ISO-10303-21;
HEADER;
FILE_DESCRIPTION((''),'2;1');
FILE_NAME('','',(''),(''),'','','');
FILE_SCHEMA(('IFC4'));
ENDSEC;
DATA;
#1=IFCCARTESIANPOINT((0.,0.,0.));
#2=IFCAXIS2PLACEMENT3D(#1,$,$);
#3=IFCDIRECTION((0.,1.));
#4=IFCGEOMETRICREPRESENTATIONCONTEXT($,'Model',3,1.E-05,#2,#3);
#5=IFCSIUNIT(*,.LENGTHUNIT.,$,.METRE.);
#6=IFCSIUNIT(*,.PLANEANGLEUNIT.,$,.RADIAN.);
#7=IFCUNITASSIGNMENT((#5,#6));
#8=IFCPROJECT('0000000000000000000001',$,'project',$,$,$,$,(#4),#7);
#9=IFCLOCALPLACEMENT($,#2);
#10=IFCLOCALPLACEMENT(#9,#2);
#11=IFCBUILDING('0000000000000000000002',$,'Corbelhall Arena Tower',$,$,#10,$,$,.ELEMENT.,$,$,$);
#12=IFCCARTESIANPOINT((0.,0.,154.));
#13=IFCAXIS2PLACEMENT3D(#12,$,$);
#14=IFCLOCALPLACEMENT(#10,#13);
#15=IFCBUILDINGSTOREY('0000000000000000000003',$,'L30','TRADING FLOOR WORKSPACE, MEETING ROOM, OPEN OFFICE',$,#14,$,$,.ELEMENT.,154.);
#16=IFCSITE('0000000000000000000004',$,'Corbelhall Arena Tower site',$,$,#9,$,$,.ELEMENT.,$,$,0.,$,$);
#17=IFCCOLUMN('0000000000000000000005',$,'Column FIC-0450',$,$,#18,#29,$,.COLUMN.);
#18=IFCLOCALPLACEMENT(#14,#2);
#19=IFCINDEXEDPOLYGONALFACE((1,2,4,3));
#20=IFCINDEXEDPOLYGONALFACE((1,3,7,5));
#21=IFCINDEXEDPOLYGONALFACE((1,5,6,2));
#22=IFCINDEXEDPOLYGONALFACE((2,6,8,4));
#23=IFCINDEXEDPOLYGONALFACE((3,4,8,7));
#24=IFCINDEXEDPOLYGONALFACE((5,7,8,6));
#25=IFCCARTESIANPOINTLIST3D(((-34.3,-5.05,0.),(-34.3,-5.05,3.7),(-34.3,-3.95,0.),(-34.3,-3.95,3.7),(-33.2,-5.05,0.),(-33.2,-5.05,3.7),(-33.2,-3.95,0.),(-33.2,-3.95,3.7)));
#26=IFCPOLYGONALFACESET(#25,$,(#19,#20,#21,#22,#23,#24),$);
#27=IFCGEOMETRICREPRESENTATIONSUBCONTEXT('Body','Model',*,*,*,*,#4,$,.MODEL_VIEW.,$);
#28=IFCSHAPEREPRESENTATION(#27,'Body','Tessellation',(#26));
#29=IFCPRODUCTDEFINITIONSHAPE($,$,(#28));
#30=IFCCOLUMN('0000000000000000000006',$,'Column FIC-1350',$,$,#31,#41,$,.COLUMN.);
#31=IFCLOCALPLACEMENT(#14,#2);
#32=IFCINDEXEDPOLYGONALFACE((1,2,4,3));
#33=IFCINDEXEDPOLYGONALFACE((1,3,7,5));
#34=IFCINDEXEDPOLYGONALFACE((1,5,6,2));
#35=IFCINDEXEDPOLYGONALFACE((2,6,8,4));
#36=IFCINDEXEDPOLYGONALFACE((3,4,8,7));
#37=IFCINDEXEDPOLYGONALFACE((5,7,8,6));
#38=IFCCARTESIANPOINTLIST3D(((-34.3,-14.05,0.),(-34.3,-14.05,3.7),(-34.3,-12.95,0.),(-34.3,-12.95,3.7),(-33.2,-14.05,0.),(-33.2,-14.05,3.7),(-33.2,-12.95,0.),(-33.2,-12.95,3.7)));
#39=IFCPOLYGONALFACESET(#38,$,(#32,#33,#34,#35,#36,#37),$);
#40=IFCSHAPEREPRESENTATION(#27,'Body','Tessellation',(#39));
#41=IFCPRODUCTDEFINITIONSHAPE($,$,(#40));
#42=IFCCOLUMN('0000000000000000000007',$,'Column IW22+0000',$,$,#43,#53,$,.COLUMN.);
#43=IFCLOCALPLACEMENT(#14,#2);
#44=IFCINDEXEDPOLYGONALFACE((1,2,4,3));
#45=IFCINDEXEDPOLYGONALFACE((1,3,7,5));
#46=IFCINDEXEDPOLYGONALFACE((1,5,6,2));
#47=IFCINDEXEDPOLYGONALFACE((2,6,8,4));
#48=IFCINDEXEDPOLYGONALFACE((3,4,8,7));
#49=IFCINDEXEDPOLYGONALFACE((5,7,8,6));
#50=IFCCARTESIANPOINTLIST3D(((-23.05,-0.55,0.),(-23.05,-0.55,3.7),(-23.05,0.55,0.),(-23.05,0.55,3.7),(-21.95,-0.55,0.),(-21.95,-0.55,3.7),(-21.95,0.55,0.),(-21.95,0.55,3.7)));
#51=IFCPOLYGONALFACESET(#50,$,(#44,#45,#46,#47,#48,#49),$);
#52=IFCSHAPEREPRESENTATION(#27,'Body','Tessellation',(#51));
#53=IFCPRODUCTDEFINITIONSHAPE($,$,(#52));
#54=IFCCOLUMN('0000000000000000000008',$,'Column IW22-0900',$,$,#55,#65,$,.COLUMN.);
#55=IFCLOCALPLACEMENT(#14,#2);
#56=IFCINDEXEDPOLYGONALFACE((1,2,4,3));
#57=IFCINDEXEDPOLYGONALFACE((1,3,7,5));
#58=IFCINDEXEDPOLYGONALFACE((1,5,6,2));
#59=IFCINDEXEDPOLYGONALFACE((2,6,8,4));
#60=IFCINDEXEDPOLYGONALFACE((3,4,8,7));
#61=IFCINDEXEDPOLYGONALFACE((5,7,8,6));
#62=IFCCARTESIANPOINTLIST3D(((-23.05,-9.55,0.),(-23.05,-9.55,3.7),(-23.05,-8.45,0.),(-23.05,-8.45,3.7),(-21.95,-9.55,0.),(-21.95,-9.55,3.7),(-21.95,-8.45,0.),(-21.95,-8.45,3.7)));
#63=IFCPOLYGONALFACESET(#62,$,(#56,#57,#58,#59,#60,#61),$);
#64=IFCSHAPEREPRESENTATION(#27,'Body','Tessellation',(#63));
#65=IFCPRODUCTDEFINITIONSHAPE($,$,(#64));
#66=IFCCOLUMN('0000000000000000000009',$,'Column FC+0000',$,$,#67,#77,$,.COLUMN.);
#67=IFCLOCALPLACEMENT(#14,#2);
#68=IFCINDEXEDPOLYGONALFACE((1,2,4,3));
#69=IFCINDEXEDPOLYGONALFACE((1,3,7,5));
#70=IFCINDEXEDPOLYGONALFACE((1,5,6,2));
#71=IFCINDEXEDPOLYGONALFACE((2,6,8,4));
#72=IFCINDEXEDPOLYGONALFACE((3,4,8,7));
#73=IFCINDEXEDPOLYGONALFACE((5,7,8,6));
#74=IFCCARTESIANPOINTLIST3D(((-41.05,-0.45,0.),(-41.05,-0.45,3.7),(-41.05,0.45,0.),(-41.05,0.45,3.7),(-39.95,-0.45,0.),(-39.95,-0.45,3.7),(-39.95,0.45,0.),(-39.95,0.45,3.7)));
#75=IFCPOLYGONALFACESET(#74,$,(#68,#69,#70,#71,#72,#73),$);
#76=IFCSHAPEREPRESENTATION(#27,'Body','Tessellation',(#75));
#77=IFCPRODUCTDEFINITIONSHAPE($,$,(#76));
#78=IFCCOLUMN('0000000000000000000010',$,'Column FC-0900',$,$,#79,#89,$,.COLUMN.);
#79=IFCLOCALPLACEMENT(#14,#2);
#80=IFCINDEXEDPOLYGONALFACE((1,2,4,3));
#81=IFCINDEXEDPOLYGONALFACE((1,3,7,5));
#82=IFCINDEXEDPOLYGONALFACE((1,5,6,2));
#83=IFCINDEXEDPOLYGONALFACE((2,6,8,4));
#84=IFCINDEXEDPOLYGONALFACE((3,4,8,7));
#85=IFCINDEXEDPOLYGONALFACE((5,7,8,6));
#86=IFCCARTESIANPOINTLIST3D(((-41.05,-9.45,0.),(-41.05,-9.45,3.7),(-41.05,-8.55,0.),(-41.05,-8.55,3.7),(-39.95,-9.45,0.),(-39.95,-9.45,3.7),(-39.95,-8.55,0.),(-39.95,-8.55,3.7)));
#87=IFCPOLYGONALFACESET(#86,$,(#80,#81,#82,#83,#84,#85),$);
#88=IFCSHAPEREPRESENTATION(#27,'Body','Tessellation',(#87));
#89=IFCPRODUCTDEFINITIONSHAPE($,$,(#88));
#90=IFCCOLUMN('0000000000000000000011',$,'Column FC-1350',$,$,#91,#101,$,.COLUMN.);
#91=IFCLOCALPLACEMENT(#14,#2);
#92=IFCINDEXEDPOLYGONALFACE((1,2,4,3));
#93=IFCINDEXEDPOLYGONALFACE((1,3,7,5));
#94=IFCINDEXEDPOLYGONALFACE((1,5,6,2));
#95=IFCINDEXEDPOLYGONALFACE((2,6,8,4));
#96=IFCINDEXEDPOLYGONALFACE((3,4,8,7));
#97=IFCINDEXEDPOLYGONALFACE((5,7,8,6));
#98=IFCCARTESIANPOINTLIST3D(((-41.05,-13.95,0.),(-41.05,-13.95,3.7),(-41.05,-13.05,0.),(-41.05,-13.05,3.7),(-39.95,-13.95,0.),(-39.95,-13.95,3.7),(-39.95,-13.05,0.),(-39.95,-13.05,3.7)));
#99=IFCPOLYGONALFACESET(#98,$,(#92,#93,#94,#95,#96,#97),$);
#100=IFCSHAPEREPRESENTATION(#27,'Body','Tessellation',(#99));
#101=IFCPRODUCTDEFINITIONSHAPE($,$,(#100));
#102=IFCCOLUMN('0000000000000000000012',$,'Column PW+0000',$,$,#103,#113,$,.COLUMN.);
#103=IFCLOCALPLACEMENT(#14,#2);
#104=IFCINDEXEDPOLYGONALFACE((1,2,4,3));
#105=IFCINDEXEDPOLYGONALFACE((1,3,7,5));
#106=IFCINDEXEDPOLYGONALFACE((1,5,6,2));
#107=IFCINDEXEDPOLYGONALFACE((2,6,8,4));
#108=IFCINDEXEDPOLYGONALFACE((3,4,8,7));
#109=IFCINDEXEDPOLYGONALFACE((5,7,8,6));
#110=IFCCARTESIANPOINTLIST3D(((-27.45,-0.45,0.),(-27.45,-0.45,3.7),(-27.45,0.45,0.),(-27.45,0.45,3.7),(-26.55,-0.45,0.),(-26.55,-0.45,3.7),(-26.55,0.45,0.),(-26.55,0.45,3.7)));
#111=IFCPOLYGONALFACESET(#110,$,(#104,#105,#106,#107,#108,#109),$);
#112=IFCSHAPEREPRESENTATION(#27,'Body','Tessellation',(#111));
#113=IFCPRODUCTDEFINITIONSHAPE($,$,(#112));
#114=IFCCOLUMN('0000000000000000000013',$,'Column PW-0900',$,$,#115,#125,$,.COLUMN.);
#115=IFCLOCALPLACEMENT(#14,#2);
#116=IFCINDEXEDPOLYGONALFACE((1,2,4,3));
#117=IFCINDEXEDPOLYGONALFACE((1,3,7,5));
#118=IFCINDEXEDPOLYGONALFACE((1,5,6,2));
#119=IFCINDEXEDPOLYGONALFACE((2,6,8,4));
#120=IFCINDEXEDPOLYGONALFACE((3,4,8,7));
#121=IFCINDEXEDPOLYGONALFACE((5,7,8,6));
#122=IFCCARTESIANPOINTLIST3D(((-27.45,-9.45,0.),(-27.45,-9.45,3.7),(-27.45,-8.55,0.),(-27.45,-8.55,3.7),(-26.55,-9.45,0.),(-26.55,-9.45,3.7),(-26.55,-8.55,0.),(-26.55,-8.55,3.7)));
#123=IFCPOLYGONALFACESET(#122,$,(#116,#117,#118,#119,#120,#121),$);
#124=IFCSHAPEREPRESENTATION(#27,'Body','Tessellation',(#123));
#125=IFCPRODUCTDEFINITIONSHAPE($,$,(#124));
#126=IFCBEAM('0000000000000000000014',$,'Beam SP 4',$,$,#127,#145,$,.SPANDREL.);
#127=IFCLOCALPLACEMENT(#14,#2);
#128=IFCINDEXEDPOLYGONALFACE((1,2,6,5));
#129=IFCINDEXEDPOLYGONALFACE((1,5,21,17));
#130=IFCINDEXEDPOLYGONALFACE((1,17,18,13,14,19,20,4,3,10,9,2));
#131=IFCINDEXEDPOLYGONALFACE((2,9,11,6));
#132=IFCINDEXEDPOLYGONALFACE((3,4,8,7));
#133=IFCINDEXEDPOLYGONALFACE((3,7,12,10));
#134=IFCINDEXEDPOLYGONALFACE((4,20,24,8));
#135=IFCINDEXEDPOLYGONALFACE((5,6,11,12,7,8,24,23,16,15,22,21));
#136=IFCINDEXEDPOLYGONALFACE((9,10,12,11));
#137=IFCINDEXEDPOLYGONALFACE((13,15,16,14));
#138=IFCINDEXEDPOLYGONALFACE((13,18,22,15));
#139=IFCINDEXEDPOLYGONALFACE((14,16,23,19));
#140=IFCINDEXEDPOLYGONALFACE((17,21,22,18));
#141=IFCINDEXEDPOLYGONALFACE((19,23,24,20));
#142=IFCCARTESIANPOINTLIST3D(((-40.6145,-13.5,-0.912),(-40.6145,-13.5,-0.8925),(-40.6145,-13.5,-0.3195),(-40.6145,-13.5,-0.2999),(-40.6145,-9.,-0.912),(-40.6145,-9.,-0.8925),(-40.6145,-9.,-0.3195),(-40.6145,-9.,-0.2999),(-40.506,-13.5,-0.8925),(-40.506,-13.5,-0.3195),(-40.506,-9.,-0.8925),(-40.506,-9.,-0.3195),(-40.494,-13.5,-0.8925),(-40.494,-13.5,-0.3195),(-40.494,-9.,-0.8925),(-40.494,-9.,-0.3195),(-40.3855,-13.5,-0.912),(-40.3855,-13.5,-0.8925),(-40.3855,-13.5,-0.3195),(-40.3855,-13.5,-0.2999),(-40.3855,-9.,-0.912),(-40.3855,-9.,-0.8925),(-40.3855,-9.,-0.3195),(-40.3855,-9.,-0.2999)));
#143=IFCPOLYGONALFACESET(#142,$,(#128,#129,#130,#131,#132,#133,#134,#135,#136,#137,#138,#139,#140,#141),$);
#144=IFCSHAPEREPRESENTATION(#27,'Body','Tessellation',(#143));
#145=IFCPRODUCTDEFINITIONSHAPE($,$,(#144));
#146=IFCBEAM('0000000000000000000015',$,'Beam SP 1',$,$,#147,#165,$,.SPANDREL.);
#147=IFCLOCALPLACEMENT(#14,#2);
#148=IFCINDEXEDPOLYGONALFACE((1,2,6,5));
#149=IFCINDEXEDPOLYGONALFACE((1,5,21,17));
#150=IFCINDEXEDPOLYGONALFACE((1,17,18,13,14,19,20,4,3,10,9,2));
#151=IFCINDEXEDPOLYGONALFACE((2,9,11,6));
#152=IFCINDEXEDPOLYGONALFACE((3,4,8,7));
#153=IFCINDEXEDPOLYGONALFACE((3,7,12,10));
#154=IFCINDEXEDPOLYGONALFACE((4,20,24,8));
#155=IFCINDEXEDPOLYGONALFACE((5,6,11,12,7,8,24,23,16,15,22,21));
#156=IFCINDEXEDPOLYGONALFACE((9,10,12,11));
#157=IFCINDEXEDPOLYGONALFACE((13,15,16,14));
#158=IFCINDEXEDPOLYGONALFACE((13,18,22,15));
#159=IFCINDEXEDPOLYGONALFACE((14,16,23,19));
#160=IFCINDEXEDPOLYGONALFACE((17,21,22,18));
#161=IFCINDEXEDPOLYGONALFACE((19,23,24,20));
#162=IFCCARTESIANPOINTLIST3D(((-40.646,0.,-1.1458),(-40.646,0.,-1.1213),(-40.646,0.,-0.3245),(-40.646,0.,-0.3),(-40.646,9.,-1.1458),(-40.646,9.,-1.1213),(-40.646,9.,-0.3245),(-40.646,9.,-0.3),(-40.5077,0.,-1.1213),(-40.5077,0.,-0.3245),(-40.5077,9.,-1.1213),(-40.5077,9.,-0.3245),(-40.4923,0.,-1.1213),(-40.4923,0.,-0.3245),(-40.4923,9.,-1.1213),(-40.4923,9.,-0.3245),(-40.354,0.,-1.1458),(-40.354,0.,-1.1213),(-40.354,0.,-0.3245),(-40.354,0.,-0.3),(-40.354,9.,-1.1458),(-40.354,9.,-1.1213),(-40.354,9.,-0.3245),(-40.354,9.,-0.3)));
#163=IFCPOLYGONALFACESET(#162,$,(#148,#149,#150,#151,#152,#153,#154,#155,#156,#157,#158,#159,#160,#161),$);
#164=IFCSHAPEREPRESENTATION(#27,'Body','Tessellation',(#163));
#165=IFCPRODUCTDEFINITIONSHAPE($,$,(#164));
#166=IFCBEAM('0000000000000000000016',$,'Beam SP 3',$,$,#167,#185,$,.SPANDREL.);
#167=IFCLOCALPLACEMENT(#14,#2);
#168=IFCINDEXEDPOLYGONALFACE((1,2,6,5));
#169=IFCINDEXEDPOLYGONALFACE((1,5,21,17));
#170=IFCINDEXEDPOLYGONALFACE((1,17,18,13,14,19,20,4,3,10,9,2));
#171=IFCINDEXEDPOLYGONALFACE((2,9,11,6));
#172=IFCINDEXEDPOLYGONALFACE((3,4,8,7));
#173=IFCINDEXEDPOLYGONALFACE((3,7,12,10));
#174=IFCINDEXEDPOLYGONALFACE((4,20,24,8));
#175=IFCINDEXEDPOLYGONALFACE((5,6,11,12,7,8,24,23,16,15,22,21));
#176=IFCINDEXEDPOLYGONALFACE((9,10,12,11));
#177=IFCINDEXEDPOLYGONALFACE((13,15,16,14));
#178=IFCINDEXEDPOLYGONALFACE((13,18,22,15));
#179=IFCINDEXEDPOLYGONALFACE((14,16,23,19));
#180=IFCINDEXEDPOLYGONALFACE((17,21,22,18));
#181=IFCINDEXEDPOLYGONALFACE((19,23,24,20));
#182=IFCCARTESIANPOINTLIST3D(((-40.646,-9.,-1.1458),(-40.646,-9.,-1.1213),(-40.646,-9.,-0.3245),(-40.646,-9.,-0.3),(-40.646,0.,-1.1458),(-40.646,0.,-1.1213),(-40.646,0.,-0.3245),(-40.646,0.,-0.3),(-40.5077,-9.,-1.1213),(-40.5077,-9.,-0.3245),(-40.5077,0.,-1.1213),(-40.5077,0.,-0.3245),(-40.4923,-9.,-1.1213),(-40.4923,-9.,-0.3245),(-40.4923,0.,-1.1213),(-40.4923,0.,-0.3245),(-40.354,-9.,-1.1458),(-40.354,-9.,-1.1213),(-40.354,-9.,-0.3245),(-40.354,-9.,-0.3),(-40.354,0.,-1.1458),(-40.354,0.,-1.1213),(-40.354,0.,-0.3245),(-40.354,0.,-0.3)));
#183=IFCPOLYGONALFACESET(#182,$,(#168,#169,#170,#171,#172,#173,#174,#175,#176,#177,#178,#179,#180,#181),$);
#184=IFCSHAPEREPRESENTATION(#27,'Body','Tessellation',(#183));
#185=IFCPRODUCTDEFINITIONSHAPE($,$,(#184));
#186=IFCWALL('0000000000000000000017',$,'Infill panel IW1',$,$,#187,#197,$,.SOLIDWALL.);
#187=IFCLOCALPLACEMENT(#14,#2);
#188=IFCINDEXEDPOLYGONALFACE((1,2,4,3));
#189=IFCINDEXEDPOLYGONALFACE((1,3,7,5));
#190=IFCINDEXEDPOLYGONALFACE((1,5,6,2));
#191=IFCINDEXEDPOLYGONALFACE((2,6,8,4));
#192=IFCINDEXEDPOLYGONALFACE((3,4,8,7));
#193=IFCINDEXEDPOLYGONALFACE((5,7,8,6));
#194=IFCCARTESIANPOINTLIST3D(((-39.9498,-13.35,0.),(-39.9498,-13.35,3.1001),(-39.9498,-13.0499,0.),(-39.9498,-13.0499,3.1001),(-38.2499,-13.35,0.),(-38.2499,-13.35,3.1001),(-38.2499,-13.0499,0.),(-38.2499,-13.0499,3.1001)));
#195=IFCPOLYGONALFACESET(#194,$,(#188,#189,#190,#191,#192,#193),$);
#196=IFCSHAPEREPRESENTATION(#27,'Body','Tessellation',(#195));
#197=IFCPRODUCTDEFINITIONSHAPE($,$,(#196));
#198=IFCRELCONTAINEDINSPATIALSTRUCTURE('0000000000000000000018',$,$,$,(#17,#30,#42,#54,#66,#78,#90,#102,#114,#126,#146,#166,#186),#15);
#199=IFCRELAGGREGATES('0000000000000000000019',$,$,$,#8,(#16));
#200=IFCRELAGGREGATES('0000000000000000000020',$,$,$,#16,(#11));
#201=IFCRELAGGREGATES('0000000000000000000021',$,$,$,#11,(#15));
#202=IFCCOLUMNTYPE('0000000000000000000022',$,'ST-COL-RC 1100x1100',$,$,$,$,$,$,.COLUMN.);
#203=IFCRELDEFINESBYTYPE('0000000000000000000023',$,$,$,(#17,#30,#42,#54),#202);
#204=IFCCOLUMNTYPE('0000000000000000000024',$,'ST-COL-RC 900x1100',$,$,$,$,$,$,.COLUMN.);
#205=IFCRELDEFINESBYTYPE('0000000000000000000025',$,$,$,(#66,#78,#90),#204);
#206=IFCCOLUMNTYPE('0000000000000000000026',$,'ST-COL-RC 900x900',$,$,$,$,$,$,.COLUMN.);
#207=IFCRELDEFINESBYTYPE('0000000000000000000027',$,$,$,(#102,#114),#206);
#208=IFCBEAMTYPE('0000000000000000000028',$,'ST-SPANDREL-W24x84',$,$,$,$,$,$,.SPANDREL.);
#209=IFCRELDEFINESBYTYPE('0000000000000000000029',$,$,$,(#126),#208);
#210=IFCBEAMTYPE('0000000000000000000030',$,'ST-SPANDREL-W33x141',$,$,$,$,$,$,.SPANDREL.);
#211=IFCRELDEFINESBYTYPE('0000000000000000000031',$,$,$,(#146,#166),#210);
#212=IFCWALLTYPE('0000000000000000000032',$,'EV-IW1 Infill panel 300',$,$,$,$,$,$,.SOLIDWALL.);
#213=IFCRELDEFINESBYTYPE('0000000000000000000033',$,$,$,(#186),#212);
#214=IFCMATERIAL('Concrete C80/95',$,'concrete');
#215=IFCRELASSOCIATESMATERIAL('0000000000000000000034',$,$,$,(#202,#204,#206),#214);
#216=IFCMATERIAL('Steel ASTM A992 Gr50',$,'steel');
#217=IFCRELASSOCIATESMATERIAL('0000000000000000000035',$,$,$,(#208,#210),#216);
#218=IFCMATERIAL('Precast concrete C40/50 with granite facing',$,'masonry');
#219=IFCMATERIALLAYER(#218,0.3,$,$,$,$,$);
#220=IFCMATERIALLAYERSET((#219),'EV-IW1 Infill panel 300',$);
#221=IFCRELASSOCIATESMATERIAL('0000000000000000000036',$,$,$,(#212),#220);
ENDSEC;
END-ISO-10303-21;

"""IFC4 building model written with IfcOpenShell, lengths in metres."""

from ifc_helpers import new_model, si_unit, direction, frame, frame_2d, origin, origin_2d, place, context, subcontext, project, spatial, rectangle, i_section, extrude, material, layer, layer_set, material_profile, profile_set, type_object, element, save


model = new_model("IFC4")

# Units and contexts
model_context = context("Model", 3, precision=1e-05, world=origin(), true_north=direction((0.0, 1.0)))
body_context = subcontext(model_context, "Body", "Model", "MODEL_VIEW")
ifc_project = project(units=[si_unit("LENGTHUNIT", "METRE"), si_unit("PLANEANGLEUNIT", "RADIAN")], contexts=[model_context])

# Site, building, storey
site_placement = place(None, origin())
site = spatial("IfcSite", under=ifc_project, at=site_placement, Name="Corbelhall Arena Tower site", CompositionType="ELEMENT", RefElevation=0.0)
building_placement = place(site_placement, origin())
building = spatial("IfcBuilding", under=site, at=building_placement, Name="Corbelhall Arena Tower", CompositionType="ELEMENT")
storey_placement = place(building_placement, frame((0.0, 0.0, 154.0)))
storey = spatial("IfcBuildingStorey", under=building, at=storey_placement, Name="L30", Description="TRADING FLOOR WORKSPACE, MEETING ROOM, OPEN OFFICE", CompositionType="ELEMENT", Elevation=154.0)

# Columns
ifc_material_1 = material(Name="Concrete C80/95", Category="concrete")
ifc_material_profile_1 = material_profile(ifc_material_1, rectangle(XDim=1.1001, YDim=1.1001, at=origin_2d()))
ifc_profile_set_1 = profile_set([ifc_material_profile_1], Name="Concrete C80/95")
column_type_1 = type_object("IfcColumnType", Name="ST-COL-RC 1100x1100", PredefinedType="COLUMN", material=ifc_profile_set_1)
for number, where, z_axis, x_axis, name in (
    (1, (-33.75, -4.5, 0.0), (0.0, 0.0, 1.0), (1.0, 0.0, 0.0), "Column FIC-0450"),
    (2, (-33.75, -13.5, 0.0), (0.0, 0.0, 1.0), (1.0, 0.0, 0.0), "Column FIC-1350"),
    (3, (-22.5, 0.0, 0.0), (0.0, 0.0, 1.0), (1.0, 0.0, 0.0), "Column IW22+0000"),
    (4, (-22.5, -9.0, 0.0), (0.0, 0.0, 1.0), (1.0, 0.0, 0.0), "Column IW22-0900"),
):
    element("IfcColumn", number, at=place(storey_placement, frame(where, z_axis=z_axis, x_axis=x_axis)), inside=storey, type_object=column_type_1, Name=name, PredefinedType="COLUMN", context=body_context, shape_type="SweptSolid", body=[
        extrude(rectangle(XDim=1.1001, YDim=1.1001, at=origin_2d()), origin(), (0.0, 0.0, 1.0), 3.7),
    ])
ifc_material_profile_2 = material_profile(ifc_material_1, rectangle(XDim=0.8999, YDim=1.1001, at=origin_2d()))
ifc_profile_set_2 = profile_set([ifc_material_profile_2], Name="Concrete C80/95")
column_type_2 = type_object("IfcColumnType", Name="ST-COL-RC 900x1100", PredefinedType="COLUMN", material=ifc_profile_set_2)
for number, where, z_axis, x_axis, name in (
    (5, (-40.5, 0.0, 0.0), (0.0, 0.0, 1.0), (0.0, 1.0, 0.0), "Column FC+0000"),
    (6, (-40.5, -9.0, 0.0), (0.0, 0.0, 1.0), (0.0, 1.0, 0.0), "Column FC-0900"),
    (7, (-40.5, -13.5, 0.0), (0.0, 0.0, 1.0), (0.0, 1.0, 0.0), "Column FC-1350"),
):
    element("IfcColumn", number, at=place(storey_placement, frame(where, z_axis=z_axis, x_axis=x_axis)), inside=storey, type_object=column_type_2, Name=name, PredefinedType="COLUMN", context=body_context, shape_type="SweptSolid", body=[
        extrude(rectangle(XDim=0.8999, YDim=1.1001, at=origin_2d()), origin(), (0.0, 0.0, 1.0), 3.7),
    ])
ifc_material_profile_3 = material_profile(ifc_material_1, rectangle(XDim=0.8999, YDim=0.8999, at=origin_2d()))
ifc_profile_set_3 = profile_set([ifc_material_profile_3], Name="Concrete C80/95")
column_type_3 = type_object("IfcColumnType", Name="ST-COL-RC 900x900", PredefinedType="COLUMN", material=ifc_profile_set_3)
for number, where, z_axis, x_axis, name in (
    (8, (-27.0, 0.0, 0.0), (0.0, 0.0, 1.0), (1.0, 0.0, 0.0), "Column PW+0000"),
    (9, (-27.0, -9.0, 0.0), (0.0, 0.0, 1.0), (1.0, 0.0, 0.0), "Column PW-0900"),
):
    element("IfcColumn", number, at=place(storey_placement, frame(where, z_axis=z_axis, x_axis=x_axis)), inside=storey, type_object=column_type_3, Name=name, PredefinedType="COLUMN", context=body_context, shape_type="SweptSolid", body=[
        extrude(rectangle(XDim=0.8999, YDim=0.8999, at=origin_2d()), origin(), (0.0, 0.0, 1.0), 3.7),
    ])

# Beams
ifc_material_2 = material(Name="Steel ASTM A992 Gr50", Category="steel")
ifc_material_profile_4 = material_profile(ifc_material_2, i_section(OverallWidth=0.229, OverallDepth=0.6121, WebThickness=0.012, FlangeThickness=0.0195, at=origin_2d()))
ifc_profile_set_4 = profile_set([ifc_material_profile_4], Name="Steel ASTM A992 Gr50")
beam_type_1 = type_object("IfcBeamType", Name="ST-SPANDREL-W24x84", PredefinedType="SPANDREL", material=ifc_profile_set_4)
beam_placement = place(storey_placement, frame((-40.5, -13.5, -0.606), z_axis=(0.0, 1.0, 0.0), x_axis=(-1.0, 0.0, 0.0)))
element("IfcBeam", 10, at=beam_placement, inside=storey, type_object=beam_type_1, Name="Beam SP 4", PredefinedType="SPANDREL", context=body_context, shape_type="SweptSolid", body=[
    extrude(i_section(OverallWidth=0.229, OverallDepth=0.6121, WebThickness=0.012, FlangeThickness=0.0195, at=origin_2d()), origin(), (0.0, 0.0, 1.0), 4.5),
])
ifc_material_profile_5 = material_profile(ifc_material_2, i_section(OverallWidth=0.292, OverallDepth=0.8457, WebThickness=0.0154, FlangeThickness=0.0244, at=origin_2d()))
ifc_profile_set_5 = profile_set([ifc_material_profile_5], Name="Steel ASTM A992 Gr50")
beam_type_2 = type_object("IfcBeamType", Name="ST-SPANDREL-W33x141", PredefinedType="SPANDREL", material=ifc_profile_set_5)
for number, where, z_axis, x_axis, name in (
    (11, (-40.5, 0.0, -0.7229), (0.0, 1.0, 0.0), (-1.0, 0.0, 0.0), "Beam SP 1"),
    (12, (-40.5, -9.0, -0.7229), (0.0, 1.0, 0.0), (-1.0, 0.0, 0.0), "Beam SP 3"),
):
    element("IfcBeam", number, at=place(storey_placement, frame(where, z_axis=z_axis, x_axis=x_axis)), inside=storey, type_object=beam_type_2, Name=name, PredefinedType="SPANDREL", context=body_context, shape_type="SweptSolid", body=[
        extrude(i_section(OverallWidth=0.292, OverallDepth=0.8457, WebThickness=0.0154, FlangeThickness=0.0244, at=origin_2d()), origin(), (0.0, 0.0, 1.0), 9.0),
    ])

# Wall
ifc_material_3 = material(Name="Precast concrete C40/50 with granite facing", Category="masonry")
ifc_layer_1 = layer(ifc_material_3, 0.3)
ifc_layer_set_1 = layer_set([ifc_layer_1], Name="EV-IW1 Infill panel 300")
wall_type_1 = type_object("IfcWallType", Name="EV-IW1 Infill panel 300", PredefinedType="SOLIDWALL", material=ifc_layer_set_1)
wall_1_placement = place(storey_placement, frame((-39.95, -13.2, 0.0), z_axis=(0.0, 0.0, 1.0), x_axis=(1.0, 0.0, 0.0)))
element("IfcWall", 13, at=wall_1_placement, inside=storey, type_object=wall_type_1, Name="Infill panel IW1", PredefinedType="SOLIDWALL", context=body_context, shape_type="SweptSolid", body=[
    extrude(rectangle(XDim=1.7, YDim=0.3, at=frame_2d((0.8501, 0.0))), origin(), (0.0, 0.0, 1.0), 3.1001),
])

save(model, "model.ifc")
